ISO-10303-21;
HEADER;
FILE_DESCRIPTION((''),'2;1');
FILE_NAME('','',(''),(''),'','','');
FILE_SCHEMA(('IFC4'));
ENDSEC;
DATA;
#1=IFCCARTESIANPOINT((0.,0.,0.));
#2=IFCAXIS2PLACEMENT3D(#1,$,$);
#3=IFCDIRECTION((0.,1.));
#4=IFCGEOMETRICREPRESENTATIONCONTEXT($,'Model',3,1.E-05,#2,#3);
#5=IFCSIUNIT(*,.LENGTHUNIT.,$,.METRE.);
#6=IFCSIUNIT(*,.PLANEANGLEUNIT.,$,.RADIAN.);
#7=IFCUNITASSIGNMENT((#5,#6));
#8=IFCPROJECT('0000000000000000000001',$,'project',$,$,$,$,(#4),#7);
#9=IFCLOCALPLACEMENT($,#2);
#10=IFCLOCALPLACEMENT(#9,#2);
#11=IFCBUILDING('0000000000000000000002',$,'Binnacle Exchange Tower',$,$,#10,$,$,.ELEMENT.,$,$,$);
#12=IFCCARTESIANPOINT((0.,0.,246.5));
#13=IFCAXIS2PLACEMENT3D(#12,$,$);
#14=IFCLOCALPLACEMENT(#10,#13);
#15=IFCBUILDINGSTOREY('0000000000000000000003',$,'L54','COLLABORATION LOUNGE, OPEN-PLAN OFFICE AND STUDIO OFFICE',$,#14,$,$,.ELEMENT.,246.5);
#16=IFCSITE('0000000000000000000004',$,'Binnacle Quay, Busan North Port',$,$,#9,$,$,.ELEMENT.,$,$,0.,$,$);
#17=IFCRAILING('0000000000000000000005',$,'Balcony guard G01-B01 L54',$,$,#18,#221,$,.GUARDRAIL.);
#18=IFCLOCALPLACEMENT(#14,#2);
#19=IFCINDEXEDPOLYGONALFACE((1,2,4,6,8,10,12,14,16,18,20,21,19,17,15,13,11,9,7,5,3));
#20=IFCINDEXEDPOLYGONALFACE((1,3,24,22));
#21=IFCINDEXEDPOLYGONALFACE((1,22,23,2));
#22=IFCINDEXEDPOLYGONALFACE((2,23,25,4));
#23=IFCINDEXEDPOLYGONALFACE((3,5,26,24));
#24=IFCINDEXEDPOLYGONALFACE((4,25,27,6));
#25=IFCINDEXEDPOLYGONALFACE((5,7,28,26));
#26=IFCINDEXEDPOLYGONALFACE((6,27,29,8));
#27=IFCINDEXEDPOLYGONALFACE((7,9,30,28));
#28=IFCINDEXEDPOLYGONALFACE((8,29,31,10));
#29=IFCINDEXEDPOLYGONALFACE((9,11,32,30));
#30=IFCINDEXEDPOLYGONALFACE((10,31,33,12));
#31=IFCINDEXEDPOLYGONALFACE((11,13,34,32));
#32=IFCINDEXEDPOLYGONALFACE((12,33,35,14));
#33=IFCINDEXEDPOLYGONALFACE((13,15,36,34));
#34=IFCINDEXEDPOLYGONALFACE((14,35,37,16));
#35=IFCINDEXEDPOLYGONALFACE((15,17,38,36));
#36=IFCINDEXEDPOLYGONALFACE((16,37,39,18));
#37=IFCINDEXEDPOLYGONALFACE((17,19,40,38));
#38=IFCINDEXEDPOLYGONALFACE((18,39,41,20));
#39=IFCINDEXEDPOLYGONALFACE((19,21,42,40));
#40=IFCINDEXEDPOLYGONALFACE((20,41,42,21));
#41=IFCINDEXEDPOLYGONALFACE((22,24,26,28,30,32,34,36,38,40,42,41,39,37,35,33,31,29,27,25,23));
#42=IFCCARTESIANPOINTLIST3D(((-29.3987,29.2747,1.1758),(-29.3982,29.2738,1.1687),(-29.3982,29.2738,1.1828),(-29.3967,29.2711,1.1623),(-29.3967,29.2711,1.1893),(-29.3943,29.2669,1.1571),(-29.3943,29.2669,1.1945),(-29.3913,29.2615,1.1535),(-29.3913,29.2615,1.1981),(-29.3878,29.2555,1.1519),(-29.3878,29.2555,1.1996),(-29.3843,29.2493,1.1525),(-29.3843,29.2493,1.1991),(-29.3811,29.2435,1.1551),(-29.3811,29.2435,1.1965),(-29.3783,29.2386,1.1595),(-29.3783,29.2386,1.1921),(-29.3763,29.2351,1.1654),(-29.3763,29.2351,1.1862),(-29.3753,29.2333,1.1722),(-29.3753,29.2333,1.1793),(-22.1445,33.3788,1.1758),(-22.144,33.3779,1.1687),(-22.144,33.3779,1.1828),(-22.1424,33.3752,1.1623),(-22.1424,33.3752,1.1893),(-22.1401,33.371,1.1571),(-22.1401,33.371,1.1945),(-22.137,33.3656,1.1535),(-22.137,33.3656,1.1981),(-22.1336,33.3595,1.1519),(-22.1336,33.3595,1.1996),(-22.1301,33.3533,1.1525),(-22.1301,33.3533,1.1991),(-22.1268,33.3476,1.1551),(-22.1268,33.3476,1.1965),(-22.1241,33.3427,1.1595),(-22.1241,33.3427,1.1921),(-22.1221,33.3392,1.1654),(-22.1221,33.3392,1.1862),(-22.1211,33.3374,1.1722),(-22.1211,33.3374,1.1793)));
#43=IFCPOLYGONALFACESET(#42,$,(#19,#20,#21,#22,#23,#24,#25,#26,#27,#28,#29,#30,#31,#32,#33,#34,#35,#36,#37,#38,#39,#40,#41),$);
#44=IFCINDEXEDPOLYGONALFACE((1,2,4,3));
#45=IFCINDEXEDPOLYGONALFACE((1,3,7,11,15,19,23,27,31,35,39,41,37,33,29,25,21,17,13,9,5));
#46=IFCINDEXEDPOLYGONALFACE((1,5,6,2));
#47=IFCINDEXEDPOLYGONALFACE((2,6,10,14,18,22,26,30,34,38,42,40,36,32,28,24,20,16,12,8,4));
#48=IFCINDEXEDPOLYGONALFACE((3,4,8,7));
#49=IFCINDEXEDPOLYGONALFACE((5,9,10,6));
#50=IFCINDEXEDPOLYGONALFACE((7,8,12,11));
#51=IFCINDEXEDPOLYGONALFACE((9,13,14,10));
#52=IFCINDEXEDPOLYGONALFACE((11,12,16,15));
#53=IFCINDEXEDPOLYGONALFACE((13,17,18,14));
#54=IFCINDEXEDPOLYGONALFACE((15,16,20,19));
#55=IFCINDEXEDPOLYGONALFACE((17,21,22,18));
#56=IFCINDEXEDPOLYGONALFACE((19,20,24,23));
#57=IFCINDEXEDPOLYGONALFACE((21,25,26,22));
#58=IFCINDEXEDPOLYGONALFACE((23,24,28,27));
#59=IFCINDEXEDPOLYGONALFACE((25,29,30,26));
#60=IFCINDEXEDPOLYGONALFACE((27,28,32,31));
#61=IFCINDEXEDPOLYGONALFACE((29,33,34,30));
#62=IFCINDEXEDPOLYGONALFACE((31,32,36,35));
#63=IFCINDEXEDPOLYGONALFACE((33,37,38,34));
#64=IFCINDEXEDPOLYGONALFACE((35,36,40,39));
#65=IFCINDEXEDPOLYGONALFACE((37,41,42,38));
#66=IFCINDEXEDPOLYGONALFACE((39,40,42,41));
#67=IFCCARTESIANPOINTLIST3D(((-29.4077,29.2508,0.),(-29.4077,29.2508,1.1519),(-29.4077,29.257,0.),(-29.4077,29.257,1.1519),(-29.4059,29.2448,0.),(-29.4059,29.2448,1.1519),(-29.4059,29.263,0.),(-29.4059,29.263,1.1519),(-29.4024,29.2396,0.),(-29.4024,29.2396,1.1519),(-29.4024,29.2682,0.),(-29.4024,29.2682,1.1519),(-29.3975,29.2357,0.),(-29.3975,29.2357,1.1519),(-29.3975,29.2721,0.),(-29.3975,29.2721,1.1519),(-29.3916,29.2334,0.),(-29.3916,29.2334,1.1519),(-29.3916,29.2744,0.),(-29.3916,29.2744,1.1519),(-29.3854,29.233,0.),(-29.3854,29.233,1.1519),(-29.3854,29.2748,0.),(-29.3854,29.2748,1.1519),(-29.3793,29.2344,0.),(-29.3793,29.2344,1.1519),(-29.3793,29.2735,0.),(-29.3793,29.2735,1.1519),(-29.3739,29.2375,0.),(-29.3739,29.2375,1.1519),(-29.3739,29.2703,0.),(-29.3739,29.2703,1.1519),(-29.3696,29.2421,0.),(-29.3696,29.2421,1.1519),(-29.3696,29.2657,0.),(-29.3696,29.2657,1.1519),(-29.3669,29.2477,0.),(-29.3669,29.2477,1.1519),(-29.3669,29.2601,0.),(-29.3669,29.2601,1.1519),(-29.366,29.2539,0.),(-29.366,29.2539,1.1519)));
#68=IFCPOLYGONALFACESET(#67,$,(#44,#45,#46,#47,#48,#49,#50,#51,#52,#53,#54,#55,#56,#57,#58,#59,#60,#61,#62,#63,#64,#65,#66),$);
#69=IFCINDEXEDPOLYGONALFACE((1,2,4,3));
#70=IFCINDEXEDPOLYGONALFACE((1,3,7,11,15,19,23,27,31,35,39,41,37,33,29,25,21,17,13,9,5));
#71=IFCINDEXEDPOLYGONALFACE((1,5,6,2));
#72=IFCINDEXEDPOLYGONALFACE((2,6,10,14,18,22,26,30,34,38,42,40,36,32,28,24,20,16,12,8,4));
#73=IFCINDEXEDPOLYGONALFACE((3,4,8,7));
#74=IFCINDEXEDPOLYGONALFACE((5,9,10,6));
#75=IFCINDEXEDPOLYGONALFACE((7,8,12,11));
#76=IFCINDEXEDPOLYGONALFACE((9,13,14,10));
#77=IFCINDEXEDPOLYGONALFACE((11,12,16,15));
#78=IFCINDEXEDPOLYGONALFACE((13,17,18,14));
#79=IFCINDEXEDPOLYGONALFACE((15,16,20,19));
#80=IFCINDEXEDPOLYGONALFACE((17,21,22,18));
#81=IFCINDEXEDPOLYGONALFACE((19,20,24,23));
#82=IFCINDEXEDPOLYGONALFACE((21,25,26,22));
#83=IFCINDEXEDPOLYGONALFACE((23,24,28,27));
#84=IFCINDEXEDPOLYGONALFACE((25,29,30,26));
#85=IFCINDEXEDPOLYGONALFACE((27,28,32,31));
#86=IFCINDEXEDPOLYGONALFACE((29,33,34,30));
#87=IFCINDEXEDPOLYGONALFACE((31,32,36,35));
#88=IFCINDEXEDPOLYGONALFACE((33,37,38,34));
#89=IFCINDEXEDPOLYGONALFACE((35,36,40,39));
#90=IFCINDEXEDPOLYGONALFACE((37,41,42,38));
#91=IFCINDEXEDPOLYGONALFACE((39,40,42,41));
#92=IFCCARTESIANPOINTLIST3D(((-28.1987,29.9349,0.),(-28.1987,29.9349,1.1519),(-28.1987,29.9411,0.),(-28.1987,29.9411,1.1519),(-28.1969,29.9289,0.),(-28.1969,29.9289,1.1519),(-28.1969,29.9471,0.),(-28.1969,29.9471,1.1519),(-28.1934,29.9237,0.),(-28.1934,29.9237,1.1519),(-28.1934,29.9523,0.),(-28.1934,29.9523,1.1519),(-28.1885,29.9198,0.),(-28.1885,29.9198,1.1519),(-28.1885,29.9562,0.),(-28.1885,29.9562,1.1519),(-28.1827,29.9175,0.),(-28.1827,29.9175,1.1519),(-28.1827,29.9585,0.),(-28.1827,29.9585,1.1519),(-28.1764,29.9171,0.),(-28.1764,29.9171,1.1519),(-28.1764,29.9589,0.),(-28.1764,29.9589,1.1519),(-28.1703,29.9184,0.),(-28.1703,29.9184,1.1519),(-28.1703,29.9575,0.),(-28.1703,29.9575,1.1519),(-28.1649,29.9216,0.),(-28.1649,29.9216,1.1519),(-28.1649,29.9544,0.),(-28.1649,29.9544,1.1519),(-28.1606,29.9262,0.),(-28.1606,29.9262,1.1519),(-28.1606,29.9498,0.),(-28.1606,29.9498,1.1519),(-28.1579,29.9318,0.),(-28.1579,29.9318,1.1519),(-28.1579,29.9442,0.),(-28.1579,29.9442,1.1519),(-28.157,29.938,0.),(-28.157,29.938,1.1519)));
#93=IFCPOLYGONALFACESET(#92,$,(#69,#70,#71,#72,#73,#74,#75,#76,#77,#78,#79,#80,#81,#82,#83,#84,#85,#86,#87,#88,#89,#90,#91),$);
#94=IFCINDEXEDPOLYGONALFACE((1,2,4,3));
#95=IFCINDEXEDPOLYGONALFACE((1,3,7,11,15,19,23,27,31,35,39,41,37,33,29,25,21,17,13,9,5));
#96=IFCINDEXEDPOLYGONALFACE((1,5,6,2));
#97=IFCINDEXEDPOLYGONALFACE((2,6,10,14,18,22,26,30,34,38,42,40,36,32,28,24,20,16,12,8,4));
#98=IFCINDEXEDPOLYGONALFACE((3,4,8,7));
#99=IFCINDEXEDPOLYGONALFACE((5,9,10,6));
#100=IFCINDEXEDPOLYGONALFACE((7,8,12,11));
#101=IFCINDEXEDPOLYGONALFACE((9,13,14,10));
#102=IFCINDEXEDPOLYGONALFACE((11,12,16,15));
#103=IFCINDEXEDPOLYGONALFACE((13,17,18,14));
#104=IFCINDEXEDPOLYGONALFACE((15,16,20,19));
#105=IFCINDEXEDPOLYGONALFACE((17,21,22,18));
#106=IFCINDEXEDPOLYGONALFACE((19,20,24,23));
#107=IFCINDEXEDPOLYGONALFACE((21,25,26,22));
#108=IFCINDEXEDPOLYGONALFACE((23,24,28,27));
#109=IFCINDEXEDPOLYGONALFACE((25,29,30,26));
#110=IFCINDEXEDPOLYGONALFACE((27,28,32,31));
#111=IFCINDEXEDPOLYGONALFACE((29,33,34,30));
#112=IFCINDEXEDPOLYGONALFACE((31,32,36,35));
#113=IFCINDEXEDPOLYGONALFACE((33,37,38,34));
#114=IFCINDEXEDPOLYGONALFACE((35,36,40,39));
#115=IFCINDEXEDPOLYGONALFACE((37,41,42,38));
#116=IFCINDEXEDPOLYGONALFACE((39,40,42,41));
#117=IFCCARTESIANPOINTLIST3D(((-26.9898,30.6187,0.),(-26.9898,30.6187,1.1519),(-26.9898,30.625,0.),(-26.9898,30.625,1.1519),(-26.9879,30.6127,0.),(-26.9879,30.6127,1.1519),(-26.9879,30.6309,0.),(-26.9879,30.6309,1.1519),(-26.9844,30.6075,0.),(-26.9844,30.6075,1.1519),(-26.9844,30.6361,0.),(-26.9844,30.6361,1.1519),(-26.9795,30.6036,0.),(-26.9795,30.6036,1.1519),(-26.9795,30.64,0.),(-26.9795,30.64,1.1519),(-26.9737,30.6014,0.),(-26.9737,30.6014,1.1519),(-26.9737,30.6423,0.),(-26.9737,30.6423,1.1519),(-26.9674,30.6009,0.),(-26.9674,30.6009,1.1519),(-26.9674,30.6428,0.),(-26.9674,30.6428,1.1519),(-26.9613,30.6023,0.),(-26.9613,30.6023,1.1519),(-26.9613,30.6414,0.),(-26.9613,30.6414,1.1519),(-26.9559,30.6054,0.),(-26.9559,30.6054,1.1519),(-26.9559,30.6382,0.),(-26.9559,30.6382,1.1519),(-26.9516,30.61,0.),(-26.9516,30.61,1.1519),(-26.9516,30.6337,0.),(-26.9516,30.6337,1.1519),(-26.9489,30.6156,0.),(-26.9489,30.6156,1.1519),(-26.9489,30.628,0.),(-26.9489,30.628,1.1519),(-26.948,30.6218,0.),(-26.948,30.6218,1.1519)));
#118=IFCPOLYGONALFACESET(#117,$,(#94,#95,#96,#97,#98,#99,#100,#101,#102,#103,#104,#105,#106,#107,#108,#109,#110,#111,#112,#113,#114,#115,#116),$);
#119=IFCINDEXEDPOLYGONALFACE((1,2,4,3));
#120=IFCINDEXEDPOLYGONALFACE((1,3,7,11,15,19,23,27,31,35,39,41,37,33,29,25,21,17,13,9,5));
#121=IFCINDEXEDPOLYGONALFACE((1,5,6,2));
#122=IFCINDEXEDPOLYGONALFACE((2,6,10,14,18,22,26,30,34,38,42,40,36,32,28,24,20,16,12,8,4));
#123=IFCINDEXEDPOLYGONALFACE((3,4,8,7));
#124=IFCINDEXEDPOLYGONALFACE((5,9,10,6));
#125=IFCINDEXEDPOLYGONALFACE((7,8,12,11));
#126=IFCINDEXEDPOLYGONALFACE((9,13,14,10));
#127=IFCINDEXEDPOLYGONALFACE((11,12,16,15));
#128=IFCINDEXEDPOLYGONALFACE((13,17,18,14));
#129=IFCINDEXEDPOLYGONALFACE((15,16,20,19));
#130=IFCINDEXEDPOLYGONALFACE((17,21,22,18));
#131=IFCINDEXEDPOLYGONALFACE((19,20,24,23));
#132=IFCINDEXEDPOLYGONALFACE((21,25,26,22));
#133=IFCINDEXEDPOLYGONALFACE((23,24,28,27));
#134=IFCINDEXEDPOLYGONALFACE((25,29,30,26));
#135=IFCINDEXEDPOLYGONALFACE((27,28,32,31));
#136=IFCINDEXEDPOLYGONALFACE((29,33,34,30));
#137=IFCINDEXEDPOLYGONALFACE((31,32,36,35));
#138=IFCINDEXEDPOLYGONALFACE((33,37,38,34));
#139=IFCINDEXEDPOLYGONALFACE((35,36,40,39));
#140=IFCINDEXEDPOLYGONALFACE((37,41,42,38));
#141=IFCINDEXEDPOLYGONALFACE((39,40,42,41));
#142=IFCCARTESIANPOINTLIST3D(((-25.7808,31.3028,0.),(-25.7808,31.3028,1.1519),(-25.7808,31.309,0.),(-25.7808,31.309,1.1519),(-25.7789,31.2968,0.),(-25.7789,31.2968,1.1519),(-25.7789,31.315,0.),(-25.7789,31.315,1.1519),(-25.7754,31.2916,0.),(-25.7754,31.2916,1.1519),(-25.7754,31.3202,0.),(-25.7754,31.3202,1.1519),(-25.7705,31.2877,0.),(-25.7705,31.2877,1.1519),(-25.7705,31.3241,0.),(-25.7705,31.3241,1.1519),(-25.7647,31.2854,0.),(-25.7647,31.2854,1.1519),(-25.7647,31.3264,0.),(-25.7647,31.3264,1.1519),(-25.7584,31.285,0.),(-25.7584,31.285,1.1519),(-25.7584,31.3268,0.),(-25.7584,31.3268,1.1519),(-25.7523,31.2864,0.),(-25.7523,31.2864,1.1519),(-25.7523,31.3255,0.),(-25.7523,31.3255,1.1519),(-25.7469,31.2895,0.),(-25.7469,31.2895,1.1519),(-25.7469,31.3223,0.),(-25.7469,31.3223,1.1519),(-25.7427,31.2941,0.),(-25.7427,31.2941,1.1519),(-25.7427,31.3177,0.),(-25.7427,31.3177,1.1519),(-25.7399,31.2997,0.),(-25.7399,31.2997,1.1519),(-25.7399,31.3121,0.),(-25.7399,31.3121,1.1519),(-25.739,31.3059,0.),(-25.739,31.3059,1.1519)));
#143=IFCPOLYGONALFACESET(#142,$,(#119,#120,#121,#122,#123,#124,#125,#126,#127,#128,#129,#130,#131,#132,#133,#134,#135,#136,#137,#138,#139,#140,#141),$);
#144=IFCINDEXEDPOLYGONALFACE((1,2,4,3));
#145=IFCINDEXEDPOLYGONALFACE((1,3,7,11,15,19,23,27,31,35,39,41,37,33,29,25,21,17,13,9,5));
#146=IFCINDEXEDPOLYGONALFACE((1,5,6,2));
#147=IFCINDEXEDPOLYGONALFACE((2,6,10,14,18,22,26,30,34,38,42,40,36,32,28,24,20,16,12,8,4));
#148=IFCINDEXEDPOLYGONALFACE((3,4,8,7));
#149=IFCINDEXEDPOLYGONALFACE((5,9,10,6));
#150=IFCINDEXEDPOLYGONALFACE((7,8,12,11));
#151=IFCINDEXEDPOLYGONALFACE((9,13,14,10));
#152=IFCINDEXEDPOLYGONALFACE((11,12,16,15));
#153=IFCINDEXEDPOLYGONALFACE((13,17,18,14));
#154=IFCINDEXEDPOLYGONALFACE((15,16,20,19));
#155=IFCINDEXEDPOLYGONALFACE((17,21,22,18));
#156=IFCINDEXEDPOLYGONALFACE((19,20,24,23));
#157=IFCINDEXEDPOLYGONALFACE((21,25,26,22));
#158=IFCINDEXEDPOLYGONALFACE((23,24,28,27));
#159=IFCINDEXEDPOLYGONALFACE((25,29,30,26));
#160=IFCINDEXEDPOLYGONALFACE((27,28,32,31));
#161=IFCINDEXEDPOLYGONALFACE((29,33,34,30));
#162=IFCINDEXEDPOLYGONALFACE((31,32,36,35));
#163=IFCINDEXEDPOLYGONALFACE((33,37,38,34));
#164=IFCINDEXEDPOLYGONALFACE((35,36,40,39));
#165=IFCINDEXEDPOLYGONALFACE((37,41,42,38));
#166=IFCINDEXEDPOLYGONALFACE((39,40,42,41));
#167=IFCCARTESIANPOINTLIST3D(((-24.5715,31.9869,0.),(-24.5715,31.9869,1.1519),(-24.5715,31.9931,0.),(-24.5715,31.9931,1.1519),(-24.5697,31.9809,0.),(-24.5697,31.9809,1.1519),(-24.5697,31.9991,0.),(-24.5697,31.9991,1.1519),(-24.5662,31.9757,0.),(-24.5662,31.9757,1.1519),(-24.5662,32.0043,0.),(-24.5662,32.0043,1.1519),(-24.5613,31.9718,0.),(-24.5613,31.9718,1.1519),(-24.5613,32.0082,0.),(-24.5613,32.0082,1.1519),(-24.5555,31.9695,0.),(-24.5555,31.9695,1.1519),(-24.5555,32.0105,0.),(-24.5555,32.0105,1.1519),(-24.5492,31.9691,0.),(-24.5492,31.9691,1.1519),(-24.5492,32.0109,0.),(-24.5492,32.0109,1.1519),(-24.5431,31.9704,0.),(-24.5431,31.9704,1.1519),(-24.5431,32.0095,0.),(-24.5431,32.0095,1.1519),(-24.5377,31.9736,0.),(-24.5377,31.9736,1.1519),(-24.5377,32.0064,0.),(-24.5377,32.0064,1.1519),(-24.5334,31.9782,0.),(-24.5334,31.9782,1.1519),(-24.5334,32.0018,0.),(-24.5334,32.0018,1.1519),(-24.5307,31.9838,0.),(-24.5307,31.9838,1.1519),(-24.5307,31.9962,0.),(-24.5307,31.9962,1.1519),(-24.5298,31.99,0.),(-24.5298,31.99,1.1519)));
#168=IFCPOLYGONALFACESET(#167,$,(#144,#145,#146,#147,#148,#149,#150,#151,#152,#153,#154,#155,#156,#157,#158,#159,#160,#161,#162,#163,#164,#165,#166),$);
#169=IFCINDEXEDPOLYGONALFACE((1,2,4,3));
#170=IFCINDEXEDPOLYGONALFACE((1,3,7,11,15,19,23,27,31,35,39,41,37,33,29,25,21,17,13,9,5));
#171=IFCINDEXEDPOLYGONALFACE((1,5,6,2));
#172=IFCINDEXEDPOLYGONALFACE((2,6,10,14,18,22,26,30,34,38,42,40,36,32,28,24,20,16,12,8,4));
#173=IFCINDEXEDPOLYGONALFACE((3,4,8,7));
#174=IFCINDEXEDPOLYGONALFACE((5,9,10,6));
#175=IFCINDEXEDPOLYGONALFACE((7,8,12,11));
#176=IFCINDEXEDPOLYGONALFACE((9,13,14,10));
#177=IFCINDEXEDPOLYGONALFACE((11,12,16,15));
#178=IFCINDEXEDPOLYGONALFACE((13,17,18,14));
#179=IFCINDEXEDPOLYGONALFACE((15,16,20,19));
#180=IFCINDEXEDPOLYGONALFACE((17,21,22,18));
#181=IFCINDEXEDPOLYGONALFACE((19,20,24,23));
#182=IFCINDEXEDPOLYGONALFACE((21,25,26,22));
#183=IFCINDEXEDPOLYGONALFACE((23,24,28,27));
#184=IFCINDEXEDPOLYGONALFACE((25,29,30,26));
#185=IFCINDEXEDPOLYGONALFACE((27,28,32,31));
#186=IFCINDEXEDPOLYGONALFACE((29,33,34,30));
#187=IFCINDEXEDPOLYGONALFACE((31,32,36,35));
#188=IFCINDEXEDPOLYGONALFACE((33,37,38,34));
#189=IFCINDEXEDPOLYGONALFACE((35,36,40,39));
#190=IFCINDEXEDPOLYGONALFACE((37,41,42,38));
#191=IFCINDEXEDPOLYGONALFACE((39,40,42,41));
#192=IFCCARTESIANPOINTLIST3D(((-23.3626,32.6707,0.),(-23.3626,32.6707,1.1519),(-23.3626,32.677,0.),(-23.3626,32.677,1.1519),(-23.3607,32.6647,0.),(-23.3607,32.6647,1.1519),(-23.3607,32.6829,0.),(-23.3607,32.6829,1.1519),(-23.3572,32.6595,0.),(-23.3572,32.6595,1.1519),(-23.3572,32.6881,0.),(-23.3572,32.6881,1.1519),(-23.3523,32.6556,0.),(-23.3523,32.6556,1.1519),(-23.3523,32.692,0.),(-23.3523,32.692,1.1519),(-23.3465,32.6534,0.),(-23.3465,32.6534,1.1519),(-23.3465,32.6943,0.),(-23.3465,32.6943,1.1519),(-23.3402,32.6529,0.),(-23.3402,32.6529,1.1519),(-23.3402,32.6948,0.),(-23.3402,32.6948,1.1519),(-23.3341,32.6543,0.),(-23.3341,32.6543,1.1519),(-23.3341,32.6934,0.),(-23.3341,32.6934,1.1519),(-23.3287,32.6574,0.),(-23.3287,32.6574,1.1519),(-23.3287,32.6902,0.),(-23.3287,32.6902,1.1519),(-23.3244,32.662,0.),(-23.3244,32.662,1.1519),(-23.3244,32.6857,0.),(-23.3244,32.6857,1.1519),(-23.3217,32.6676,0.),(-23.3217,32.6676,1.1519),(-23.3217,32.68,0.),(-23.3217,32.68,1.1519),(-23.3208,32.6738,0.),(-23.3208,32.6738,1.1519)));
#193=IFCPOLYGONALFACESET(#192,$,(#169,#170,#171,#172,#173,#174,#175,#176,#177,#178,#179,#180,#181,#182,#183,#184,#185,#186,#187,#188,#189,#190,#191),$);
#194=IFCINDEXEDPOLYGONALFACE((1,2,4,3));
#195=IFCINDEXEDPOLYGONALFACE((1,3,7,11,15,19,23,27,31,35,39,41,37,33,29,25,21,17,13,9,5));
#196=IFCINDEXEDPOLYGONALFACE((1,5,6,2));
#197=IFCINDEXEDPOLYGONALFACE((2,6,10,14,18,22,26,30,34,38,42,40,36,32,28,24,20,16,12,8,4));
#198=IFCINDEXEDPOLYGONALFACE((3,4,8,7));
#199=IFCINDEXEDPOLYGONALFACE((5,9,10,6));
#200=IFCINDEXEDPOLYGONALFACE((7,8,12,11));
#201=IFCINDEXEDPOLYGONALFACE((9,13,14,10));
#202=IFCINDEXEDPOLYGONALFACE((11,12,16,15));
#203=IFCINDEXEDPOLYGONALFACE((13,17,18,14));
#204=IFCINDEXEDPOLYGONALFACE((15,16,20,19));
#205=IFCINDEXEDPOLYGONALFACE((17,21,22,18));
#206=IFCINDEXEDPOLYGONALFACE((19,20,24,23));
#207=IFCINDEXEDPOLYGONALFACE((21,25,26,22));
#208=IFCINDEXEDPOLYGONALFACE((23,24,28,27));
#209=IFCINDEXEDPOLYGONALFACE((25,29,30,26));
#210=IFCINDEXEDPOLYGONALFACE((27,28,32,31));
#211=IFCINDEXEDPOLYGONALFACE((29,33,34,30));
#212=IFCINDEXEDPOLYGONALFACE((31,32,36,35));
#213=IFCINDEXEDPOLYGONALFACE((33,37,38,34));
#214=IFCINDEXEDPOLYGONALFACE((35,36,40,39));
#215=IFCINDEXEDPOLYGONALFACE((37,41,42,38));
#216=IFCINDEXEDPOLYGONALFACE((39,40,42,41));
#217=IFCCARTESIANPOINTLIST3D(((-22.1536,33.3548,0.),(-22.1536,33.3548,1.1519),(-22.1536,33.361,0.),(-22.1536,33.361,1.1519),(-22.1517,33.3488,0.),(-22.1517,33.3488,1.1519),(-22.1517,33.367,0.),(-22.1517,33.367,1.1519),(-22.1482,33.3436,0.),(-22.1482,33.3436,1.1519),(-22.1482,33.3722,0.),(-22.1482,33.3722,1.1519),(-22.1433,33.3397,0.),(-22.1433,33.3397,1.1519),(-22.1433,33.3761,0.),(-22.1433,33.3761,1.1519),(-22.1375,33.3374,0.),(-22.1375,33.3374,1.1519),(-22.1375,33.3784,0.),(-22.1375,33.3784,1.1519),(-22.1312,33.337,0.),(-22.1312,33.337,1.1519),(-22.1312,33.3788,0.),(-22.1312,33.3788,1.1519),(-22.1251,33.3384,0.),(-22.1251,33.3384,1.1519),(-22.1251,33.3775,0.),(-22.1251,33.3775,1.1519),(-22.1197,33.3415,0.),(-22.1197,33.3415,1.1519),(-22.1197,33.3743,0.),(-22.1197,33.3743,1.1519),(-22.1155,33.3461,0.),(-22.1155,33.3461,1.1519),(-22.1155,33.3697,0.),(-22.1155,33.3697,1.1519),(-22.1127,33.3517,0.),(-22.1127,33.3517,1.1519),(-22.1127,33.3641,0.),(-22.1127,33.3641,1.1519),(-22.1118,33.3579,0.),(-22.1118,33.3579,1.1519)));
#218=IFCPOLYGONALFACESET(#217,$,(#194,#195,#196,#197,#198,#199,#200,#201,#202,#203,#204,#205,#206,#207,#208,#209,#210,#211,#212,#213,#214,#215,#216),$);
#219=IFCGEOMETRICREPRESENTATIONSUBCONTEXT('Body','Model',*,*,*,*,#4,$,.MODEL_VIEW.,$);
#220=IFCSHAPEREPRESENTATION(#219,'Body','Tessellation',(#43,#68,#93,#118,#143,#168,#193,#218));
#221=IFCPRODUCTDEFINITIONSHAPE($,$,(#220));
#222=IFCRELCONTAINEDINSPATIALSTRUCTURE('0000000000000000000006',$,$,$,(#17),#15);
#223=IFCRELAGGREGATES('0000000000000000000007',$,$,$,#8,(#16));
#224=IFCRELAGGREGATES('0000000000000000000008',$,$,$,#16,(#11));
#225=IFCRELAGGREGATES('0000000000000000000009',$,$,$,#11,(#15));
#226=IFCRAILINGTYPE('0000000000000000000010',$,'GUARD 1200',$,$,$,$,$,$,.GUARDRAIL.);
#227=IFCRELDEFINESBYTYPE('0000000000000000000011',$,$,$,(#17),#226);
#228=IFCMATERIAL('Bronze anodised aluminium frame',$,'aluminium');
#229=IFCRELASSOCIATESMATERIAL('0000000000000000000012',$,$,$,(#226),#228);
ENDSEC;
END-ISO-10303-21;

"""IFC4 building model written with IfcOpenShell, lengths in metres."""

from ifc_helpers import new_model, si_unit, direction, frame, origin, origin_2d, place, context, subcontext, project, spatial, circle, extrude, material, type_object, element, save


model = new_model("IFC4")

# Units and contexts
model_context = context("Model", 3, precision=1e-05, world=origin(), true_north=direction((0.0, 1.0)))
body_context = subcontext(model_context, "Body", "Model", "MODEL_VIEW")
ifc_project = project(units=[si_unit("LENGTHUNIT", "METRE"), si_unit("PLANEANGLEUNIT", "RADIAN")], contexts=[model_context])

# Site, building, storey
site_placement = place(None, origin())
site = spatial("IfcSite", under=ifc_project, at=site_placement, Name="Binnacle Quay, Busan North Port", CompositionType="ELEMENT", RefElevation=0.0)
building_placement = place(site_placement, origin())
building = spatial("IfcBuilding", under=site, at=building_placement, Name="Binnacle Exchange Tower", CompositionType="ELEMENT")
storey_placement = place(building_placement, frame((0.0, 0.0, 246.5)))
storey = spatial("IfcBuildingStorey", under=building, at=storey_placement, Name="L54", Description="COLLABORATION LOUNGE, OPEN-PLAN OFFICE AND STUDIO OFFICE", CompositionType="ELEMENT", Elevation=246.5)

# Railing
ifc_material_1 = material(Name="Bronze anodised aluminium frame", Category="aluminium")
railing_type_1 = type_object("IfcRailingType", Name="GUARD 1200", PredefinedType="GUARDRAIL", material=ifc_material_1)
railing_1_placement = place(storey_placement, frame((-29.387, 29.2539, 0.0)))
element("IfcRailing", 1, at=railing_1_placement, inside=storey, type_object=railing_type_1, Name="Balcony guard G01-B01 L54", PredefinedType="GUARDRAIL", context=body_context, shape_type="SweptSolid", body=[
    extrude(circle(Radius=0.0239, at=origin_2d()), frame((0.0, 0.0, 1.1758), z_axis=(0.870366, 0.492406, 0.0), x_axis=(-0.492406, 0.870366, 0.0)), (0.0, 0.0, 1.0), 8.3347),
    extrude(circle(Radius=0.021, at=origin_2d()), origin(), (0.0, 0.0, 1.0), 1.1519),
    extrude(circle(Radius=0.021, at=origin_2d()), frame((1.209, 0.6841, 0.0)), (0.0, 0.0, 1.0), 1.1519),
    extrude(circle(Radius=0.021, at=origin_2d()), frame((2.418, 1.3679, 0.0)), (0.0, 0.0, 1.0), 1.1519),
    extrude(circle(Radius=0.021, at=origin_2d()), frame((3.627, 2.052, 0.0)), (0.0, 0.0, 1.0), 1.1519),
    extrude(circle(Radius=0.021, at=origin_2d()), frame((4.8362, 2.7361, 0.0)), (0.0, 0.0, 1.0), 1.1519),
    extrude(circle(Radius=0.021, at=origin_2d()), frame((6.0452, 3.4199, 0.0)), (0.0, 0.0, 1.0), 1.1519),
    extrude(circle(Radius=0.021, at=origin_2d()), frame((7.2542, 4.104, 0.0)), (0.0, 0.0, 1.0), 1.1519),
])

save(model, "model.ifc")
